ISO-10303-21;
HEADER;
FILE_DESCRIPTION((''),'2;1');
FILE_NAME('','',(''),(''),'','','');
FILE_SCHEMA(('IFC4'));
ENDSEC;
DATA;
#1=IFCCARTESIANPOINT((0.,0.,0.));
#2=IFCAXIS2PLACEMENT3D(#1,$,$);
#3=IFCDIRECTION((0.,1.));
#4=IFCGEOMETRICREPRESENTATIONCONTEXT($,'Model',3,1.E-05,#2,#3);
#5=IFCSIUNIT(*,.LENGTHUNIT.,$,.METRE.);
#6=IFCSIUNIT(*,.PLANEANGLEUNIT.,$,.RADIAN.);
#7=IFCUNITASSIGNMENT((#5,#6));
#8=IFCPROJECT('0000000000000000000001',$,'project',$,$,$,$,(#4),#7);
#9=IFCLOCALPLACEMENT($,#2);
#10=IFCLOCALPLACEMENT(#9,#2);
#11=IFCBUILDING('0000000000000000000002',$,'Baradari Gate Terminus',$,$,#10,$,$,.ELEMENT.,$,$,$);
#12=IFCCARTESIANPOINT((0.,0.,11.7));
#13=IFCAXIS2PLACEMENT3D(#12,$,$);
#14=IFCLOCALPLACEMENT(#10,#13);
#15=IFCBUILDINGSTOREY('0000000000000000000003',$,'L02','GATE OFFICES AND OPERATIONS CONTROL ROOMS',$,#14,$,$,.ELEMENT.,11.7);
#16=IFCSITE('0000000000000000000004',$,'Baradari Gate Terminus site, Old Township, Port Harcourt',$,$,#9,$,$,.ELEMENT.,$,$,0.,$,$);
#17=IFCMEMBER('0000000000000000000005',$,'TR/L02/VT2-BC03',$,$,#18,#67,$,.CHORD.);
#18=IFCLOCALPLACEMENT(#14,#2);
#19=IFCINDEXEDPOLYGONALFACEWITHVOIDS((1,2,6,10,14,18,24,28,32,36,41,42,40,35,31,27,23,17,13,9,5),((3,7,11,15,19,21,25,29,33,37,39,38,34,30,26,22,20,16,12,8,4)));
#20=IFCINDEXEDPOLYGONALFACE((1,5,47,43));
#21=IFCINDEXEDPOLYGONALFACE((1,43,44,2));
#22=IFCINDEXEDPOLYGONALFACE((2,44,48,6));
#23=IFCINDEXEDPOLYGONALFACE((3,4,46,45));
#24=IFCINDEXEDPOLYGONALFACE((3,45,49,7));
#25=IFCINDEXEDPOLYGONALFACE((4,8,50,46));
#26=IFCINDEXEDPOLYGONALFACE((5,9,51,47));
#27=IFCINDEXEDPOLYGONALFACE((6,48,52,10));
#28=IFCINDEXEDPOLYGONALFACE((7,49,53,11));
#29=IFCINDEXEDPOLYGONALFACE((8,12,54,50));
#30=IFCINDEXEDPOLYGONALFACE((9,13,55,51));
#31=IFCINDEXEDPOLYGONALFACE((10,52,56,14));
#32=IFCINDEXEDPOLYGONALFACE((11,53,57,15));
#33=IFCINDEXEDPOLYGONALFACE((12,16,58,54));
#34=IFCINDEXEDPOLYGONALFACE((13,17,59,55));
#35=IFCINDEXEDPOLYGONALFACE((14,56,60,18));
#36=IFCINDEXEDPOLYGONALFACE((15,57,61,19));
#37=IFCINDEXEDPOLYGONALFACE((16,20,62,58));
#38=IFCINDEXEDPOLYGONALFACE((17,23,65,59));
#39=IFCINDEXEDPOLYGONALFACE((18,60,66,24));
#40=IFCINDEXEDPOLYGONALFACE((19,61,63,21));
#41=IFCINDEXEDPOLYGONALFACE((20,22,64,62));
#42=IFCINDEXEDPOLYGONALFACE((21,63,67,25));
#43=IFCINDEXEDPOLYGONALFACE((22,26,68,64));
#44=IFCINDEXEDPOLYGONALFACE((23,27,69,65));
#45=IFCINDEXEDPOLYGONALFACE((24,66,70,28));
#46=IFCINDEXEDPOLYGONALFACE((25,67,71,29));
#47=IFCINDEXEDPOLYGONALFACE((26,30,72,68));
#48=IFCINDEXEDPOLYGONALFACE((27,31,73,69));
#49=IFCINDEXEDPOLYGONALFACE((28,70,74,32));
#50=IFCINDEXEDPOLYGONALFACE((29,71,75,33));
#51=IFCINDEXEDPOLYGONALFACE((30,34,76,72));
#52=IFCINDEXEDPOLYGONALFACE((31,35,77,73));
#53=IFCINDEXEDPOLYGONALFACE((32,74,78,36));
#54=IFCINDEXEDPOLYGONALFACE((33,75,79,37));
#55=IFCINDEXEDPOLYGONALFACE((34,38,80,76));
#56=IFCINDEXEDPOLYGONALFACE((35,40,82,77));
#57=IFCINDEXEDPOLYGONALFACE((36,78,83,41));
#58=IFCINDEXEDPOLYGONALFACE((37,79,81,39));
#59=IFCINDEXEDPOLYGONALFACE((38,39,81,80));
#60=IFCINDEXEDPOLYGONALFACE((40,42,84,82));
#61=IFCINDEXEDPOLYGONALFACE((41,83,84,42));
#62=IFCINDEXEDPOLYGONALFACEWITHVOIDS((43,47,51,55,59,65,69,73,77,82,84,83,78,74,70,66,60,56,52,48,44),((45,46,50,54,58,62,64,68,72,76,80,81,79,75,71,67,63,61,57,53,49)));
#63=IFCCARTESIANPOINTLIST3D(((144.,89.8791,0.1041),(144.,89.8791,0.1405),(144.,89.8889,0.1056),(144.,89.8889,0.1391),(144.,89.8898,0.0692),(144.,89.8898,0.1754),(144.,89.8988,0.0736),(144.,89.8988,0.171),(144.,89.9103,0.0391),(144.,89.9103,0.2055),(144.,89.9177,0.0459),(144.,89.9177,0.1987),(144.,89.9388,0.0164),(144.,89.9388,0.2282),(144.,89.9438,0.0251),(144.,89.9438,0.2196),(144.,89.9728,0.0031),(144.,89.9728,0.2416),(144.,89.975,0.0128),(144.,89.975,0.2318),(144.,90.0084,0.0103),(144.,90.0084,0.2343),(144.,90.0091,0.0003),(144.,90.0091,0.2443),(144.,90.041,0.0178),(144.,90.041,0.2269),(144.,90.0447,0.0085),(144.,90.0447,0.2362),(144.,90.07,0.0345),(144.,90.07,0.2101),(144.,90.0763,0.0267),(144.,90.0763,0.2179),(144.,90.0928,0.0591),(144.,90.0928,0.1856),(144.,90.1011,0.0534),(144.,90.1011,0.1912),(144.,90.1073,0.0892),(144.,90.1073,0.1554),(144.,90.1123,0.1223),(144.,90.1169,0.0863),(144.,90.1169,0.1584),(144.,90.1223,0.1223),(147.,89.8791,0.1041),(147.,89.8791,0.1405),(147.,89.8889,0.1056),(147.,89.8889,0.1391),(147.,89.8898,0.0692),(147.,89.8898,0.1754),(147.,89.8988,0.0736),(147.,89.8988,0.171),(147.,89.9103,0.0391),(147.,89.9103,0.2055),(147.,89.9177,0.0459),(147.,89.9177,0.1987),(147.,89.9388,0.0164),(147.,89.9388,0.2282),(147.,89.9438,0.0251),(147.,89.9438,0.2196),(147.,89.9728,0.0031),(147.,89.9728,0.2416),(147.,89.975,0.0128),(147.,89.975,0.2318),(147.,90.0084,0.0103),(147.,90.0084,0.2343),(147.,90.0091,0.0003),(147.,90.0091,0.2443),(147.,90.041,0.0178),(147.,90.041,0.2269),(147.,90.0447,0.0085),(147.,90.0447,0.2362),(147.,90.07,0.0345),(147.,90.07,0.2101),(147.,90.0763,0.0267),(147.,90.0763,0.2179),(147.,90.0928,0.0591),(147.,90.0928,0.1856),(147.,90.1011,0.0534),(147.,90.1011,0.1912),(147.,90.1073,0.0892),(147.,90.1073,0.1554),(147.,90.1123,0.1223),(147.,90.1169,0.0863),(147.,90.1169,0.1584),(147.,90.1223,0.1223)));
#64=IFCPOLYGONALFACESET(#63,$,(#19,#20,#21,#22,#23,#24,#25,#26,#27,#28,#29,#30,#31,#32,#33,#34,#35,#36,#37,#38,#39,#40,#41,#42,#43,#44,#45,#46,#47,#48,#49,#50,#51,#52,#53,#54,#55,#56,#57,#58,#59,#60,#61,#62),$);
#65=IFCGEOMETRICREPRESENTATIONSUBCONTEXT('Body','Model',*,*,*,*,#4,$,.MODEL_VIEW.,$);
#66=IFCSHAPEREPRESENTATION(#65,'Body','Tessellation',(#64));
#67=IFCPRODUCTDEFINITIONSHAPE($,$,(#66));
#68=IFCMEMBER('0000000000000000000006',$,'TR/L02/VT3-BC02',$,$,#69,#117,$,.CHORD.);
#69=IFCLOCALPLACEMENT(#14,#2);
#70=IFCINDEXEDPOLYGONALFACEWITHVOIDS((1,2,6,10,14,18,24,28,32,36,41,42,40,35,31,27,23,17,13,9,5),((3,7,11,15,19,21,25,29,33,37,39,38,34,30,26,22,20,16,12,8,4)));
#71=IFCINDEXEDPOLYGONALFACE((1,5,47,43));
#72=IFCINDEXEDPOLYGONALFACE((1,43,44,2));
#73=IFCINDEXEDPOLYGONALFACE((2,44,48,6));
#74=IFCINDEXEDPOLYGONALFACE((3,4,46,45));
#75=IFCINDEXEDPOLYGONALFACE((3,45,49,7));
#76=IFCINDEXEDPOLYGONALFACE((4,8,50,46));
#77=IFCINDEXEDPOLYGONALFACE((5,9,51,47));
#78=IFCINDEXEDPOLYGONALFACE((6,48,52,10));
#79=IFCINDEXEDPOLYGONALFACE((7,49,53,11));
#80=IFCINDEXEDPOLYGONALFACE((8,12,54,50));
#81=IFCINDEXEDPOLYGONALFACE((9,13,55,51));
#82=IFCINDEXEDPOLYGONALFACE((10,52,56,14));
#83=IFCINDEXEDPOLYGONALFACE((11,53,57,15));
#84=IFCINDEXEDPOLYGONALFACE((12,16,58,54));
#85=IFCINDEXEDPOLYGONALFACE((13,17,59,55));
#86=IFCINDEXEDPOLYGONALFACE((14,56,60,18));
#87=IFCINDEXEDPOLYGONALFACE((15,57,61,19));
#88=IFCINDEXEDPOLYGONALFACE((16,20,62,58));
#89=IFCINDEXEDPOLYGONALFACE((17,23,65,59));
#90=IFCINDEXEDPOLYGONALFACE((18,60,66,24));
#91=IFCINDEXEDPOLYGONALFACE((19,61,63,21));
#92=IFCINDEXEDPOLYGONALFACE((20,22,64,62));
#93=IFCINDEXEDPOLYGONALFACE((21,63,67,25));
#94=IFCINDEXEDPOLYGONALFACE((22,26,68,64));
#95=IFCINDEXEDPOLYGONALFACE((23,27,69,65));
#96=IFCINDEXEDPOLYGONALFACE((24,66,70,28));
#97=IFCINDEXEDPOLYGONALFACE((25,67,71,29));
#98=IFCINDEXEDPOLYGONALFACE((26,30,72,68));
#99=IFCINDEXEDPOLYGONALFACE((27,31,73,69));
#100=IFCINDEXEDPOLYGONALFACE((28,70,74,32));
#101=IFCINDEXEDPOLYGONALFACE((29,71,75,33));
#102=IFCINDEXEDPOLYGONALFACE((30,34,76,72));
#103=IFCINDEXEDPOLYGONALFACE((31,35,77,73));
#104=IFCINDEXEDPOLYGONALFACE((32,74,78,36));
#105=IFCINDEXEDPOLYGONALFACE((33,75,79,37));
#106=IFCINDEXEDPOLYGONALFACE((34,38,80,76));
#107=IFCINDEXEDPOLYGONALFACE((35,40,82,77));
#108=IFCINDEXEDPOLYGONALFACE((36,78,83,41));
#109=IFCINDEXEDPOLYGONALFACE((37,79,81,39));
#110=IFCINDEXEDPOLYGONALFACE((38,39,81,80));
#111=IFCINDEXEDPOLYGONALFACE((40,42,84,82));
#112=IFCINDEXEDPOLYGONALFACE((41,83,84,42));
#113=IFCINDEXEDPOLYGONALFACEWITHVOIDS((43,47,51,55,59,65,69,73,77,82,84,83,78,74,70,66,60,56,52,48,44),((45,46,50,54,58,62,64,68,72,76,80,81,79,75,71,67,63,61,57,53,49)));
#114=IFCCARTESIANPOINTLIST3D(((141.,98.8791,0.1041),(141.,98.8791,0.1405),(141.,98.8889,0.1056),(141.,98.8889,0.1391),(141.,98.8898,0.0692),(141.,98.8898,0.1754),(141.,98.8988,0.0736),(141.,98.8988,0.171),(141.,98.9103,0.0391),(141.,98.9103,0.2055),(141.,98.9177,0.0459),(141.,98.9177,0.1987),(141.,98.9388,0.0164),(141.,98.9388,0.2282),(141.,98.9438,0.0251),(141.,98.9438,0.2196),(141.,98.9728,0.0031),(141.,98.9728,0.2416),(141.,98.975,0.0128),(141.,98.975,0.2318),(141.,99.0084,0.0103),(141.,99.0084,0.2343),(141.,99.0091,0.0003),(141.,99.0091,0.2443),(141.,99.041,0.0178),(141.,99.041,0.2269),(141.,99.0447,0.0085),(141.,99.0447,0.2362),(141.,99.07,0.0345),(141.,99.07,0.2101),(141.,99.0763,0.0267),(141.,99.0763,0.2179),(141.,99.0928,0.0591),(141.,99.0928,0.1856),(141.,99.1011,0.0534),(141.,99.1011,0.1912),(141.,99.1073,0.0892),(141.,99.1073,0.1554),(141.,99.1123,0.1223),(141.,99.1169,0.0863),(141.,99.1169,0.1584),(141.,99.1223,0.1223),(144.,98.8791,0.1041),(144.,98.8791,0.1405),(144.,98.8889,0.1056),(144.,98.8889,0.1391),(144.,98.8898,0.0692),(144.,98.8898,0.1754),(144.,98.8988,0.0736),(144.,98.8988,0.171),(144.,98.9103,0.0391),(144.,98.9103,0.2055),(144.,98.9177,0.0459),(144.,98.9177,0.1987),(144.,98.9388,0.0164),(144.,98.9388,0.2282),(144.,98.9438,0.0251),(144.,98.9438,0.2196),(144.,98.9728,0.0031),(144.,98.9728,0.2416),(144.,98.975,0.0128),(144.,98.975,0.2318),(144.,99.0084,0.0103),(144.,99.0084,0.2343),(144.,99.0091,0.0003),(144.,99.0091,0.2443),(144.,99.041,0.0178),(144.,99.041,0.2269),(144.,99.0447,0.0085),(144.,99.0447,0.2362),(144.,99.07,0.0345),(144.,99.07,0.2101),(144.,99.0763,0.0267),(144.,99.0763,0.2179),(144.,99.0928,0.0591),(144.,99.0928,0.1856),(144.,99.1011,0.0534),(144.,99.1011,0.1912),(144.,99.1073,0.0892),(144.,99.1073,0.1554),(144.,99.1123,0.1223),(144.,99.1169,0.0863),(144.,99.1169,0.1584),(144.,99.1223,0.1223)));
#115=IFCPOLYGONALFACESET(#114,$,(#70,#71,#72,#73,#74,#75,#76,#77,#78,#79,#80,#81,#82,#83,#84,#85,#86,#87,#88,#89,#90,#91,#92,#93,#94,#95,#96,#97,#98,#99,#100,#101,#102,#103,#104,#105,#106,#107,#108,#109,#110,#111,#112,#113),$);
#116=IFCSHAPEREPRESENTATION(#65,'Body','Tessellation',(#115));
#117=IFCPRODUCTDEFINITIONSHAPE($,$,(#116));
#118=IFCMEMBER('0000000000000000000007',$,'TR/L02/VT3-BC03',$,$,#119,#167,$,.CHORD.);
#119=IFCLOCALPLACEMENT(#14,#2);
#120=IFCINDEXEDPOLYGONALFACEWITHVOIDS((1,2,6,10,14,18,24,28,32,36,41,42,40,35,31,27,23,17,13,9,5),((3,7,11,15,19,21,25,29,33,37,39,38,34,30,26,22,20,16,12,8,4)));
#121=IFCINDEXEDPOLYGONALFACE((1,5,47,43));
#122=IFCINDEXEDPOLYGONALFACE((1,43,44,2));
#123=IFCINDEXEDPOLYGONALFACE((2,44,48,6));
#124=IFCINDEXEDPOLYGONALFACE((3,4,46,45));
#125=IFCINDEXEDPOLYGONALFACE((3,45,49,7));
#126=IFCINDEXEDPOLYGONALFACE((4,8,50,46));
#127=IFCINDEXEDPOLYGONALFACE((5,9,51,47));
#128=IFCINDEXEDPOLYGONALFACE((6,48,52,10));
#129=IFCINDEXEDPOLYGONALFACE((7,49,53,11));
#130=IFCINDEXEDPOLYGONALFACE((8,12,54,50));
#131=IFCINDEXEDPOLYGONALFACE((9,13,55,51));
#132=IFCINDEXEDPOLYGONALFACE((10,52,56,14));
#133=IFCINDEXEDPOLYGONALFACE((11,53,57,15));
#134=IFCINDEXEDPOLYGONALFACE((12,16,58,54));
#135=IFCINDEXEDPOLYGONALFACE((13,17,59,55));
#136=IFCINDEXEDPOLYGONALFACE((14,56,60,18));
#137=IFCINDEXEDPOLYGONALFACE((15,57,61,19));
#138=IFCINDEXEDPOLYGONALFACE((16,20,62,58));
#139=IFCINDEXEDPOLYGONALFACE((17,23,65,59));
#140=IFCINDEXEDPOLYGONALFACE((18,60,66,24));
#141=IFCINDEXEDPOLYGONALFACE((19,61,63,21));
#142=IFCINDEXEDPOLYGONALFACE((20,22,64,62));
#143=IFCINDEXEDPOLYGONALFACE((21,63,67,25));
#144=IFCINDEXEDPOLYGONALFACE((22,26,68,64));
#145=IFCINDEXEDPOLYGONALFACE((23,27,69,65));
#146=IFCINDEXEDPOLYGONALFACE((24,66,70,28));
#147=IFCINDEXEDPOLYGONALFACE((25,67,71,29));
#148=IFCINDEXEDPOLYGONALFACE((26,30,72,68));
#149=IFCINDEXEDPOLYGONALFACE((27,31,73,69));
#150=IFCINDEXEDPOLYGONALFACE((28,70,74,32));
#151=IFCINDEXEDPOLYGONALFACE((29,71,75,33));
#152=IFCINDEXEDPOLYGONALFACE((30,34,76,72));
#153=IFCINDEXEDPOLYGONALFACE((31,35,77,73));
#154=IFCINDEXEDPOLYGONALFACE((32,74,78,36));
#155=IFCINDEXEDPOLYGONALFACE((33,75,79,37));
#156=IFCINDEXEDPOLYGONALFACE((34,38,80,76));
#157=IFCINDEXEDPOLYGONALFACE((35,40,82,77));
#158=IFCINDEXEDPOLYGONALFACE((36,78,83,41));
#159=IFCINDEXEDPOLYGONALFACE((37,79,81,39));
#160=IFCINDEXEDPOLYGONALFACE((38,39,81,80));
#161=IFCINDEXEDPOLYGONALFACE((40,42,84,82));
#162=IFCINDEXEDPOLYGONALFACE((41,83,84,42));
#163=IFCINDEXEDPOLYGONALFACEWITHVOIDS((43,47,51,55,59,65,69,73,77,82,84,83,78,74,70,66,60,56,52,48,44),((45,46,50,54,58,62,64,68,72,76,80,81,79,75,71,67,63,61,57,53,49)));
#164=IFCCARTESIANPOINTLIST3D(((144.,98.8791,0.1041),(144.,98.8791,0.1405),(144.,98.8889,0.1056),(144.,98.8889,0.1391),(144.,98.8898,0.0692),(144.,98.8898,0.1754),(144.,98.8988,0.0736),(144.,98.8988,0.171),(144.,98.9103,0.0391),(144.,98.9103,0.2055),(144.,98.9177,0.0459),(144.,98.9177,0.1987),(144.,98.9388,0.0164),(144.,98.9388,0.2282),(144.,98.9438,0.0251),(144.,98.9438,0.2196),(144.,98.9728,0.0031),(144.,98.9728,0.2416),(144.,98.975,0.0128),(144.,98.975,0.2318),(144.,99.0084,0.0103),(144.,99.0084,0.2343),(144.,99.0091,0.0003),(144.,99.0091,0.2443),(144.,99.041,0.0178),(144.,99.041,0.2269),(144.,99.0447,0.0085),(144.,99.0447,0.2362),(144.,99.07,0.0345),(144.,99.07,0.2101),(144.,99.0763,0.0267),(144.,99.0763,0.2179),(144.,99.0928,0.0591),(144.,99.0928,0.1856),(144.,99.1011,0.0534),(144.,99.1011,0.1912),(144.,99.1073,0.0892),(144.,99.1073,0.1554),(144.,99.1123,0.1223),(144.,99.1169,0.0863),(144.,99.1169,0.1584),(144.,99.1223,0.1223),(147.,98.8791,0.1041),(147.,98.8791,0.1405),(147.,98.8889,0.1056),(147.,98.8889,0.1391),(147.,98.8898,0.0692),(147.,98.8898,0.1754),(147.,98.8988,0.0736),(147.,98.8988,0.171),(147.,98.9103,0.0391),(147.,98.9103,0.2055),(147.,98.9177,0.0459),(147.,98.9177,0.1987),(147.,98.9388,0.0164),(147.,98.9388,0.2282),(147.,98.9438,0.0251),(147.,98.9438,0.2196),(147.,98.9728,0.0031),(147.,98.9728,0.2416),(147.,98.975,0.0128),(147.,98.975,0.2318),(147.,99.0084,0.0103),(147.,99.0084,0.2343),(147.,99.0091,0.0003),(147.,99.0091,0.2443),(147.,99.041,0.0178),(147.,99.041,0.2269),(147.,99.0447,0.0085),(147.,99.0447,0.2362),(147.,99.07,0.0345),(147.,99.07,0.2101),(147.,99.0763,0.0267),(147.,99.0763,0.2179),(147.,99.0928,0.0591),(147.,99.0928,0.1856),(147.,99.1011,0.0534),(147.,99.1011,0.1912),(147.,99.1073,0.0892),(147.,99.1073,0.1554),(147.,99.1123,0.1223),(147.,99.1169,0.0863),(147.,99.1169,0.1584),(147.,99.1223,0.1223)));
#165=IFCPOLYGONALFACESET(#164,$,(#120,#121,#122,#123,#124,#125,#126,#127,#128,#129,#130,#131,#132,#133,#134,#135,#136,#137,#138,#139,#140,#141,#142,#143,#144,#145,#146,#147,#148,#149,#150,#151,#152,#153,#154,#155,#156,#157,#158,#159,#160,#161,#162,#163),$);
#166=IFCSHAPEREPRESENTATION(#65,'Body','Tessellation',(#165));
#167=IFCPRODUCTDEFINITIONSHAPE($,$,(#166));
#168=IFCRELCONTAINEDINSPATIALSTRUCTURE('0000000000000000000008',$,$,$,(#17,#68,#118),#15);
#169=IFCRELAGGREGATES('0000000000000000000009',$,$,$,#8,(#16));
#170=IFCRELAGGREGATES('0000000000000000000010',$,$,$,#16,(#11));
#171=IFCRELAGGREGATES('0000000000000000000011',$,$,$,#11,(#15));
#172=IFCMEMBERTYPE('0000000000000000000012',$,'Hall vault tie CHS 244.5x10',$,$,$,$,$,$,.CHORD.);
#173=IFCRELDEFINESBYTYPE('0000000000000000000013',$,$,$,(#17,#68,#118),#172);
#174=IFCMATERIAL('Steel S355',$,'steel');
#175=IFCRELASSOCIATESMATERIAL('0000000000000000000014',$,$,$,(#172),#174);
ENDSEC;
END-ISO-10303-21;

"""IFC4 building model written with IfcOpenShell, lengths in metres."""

from ifc_helpers import new_model, si_unit, direction, frame, origin, origin_2d, place, context, subcontext, project, spatial, hollow_circle, extrude, material, material_profile, profile_set, type_object, element, save


model = new_model("IFC4")

# Units and contexts
model_context = context("Model", 3, precision=1e-05, world=origin(), true_north=direction((0.0, 1.0)))
body_context = subcontext(model_context, "Body", "Model", "MODEL_VIEW")
ifc_project = project(units=[si_unit("LENGTHUNIT", "METRE"), si_unit("PLANEANGLEUNIT", "RADIAN")], contexts=[model_context])

# Site, building, storey
site_placement = place(None, origin())
site = spatial("IfcSite", under=ifc_project, at=site_placement, Name="Baradari Gate Terminus site, Old Township, Port Harcourt", CompositionType="ELEMENT", RefElevation=0.0)
building_placement = place(site_placement, origin())
building = spatial("IfcBuilding", under=site, at=building_placement, Name="Baradari Gate Terminus", CompositionType="ELEMENT")
storey_placement = place(building_placement, frame((0.0, 0.0, 11.7)))
storey = spatial("IfcBuildingStorey", under=building, at=storey_placement, Name="L02", Description="GATE OFFICES AND OPERATIONS CONTROL ROOMS", CompositionType="ELEMENT", Elevation=11.7)

# Members
ifc_material_1 = material(Name="Steel S355", Category="steel")
ifc_material_profile_1 = material_profile(ifc_material_1, hollow_circle(Radius=0.1223, WallThickness=0.01, at=origin_2d()), Name="CHS 244.5x10")
ifc_profile_set_1 = profile_set([ifc_material_profile_1], Name="Steel S355")
member_type_1 = type_object("IfcMemberType", Name="Hall vault tie CHS 244.5x10", PredefinedType="CHORD", material=ifc_profile_set_1)
for number, where, z_axis, x_axis, name in (
    (1, (144.0, 90.0, 0.1223), (1.0, 0.0, 0.0), (0.0, 1.0, 0.0), "TR/L02/VT2-BC03"),
    (2, (141.0, 99.0, 0.1223), (1.0, 0.0, 0.0), (0.0, 1.0, 0.0), "TR/L02/VT3-BC02"),
    (3, (144.0, 99.0, 0.1223), (1.0, 0.0, 0.0), (0.0, 1.0, 0.0), "TR/L02/VT3-BC03"),
):
    element("IfcMember", number, at=place(storey_placement, frame(where, z_axis=z_axis, x_axis=x_axis)), inside=storey, type_object=member_type_1, Name=name, PredefinedType="CHORD", context=body_context, shape_type="SweptSolid", body=[
        extrude(hollow_circle(Radius=0.1223, WallThickness=0.01, at=origin_2d()), origin(), (0.0, 0.0, 1.0), 3.0),
    ])

save(model, "model.ifc")
